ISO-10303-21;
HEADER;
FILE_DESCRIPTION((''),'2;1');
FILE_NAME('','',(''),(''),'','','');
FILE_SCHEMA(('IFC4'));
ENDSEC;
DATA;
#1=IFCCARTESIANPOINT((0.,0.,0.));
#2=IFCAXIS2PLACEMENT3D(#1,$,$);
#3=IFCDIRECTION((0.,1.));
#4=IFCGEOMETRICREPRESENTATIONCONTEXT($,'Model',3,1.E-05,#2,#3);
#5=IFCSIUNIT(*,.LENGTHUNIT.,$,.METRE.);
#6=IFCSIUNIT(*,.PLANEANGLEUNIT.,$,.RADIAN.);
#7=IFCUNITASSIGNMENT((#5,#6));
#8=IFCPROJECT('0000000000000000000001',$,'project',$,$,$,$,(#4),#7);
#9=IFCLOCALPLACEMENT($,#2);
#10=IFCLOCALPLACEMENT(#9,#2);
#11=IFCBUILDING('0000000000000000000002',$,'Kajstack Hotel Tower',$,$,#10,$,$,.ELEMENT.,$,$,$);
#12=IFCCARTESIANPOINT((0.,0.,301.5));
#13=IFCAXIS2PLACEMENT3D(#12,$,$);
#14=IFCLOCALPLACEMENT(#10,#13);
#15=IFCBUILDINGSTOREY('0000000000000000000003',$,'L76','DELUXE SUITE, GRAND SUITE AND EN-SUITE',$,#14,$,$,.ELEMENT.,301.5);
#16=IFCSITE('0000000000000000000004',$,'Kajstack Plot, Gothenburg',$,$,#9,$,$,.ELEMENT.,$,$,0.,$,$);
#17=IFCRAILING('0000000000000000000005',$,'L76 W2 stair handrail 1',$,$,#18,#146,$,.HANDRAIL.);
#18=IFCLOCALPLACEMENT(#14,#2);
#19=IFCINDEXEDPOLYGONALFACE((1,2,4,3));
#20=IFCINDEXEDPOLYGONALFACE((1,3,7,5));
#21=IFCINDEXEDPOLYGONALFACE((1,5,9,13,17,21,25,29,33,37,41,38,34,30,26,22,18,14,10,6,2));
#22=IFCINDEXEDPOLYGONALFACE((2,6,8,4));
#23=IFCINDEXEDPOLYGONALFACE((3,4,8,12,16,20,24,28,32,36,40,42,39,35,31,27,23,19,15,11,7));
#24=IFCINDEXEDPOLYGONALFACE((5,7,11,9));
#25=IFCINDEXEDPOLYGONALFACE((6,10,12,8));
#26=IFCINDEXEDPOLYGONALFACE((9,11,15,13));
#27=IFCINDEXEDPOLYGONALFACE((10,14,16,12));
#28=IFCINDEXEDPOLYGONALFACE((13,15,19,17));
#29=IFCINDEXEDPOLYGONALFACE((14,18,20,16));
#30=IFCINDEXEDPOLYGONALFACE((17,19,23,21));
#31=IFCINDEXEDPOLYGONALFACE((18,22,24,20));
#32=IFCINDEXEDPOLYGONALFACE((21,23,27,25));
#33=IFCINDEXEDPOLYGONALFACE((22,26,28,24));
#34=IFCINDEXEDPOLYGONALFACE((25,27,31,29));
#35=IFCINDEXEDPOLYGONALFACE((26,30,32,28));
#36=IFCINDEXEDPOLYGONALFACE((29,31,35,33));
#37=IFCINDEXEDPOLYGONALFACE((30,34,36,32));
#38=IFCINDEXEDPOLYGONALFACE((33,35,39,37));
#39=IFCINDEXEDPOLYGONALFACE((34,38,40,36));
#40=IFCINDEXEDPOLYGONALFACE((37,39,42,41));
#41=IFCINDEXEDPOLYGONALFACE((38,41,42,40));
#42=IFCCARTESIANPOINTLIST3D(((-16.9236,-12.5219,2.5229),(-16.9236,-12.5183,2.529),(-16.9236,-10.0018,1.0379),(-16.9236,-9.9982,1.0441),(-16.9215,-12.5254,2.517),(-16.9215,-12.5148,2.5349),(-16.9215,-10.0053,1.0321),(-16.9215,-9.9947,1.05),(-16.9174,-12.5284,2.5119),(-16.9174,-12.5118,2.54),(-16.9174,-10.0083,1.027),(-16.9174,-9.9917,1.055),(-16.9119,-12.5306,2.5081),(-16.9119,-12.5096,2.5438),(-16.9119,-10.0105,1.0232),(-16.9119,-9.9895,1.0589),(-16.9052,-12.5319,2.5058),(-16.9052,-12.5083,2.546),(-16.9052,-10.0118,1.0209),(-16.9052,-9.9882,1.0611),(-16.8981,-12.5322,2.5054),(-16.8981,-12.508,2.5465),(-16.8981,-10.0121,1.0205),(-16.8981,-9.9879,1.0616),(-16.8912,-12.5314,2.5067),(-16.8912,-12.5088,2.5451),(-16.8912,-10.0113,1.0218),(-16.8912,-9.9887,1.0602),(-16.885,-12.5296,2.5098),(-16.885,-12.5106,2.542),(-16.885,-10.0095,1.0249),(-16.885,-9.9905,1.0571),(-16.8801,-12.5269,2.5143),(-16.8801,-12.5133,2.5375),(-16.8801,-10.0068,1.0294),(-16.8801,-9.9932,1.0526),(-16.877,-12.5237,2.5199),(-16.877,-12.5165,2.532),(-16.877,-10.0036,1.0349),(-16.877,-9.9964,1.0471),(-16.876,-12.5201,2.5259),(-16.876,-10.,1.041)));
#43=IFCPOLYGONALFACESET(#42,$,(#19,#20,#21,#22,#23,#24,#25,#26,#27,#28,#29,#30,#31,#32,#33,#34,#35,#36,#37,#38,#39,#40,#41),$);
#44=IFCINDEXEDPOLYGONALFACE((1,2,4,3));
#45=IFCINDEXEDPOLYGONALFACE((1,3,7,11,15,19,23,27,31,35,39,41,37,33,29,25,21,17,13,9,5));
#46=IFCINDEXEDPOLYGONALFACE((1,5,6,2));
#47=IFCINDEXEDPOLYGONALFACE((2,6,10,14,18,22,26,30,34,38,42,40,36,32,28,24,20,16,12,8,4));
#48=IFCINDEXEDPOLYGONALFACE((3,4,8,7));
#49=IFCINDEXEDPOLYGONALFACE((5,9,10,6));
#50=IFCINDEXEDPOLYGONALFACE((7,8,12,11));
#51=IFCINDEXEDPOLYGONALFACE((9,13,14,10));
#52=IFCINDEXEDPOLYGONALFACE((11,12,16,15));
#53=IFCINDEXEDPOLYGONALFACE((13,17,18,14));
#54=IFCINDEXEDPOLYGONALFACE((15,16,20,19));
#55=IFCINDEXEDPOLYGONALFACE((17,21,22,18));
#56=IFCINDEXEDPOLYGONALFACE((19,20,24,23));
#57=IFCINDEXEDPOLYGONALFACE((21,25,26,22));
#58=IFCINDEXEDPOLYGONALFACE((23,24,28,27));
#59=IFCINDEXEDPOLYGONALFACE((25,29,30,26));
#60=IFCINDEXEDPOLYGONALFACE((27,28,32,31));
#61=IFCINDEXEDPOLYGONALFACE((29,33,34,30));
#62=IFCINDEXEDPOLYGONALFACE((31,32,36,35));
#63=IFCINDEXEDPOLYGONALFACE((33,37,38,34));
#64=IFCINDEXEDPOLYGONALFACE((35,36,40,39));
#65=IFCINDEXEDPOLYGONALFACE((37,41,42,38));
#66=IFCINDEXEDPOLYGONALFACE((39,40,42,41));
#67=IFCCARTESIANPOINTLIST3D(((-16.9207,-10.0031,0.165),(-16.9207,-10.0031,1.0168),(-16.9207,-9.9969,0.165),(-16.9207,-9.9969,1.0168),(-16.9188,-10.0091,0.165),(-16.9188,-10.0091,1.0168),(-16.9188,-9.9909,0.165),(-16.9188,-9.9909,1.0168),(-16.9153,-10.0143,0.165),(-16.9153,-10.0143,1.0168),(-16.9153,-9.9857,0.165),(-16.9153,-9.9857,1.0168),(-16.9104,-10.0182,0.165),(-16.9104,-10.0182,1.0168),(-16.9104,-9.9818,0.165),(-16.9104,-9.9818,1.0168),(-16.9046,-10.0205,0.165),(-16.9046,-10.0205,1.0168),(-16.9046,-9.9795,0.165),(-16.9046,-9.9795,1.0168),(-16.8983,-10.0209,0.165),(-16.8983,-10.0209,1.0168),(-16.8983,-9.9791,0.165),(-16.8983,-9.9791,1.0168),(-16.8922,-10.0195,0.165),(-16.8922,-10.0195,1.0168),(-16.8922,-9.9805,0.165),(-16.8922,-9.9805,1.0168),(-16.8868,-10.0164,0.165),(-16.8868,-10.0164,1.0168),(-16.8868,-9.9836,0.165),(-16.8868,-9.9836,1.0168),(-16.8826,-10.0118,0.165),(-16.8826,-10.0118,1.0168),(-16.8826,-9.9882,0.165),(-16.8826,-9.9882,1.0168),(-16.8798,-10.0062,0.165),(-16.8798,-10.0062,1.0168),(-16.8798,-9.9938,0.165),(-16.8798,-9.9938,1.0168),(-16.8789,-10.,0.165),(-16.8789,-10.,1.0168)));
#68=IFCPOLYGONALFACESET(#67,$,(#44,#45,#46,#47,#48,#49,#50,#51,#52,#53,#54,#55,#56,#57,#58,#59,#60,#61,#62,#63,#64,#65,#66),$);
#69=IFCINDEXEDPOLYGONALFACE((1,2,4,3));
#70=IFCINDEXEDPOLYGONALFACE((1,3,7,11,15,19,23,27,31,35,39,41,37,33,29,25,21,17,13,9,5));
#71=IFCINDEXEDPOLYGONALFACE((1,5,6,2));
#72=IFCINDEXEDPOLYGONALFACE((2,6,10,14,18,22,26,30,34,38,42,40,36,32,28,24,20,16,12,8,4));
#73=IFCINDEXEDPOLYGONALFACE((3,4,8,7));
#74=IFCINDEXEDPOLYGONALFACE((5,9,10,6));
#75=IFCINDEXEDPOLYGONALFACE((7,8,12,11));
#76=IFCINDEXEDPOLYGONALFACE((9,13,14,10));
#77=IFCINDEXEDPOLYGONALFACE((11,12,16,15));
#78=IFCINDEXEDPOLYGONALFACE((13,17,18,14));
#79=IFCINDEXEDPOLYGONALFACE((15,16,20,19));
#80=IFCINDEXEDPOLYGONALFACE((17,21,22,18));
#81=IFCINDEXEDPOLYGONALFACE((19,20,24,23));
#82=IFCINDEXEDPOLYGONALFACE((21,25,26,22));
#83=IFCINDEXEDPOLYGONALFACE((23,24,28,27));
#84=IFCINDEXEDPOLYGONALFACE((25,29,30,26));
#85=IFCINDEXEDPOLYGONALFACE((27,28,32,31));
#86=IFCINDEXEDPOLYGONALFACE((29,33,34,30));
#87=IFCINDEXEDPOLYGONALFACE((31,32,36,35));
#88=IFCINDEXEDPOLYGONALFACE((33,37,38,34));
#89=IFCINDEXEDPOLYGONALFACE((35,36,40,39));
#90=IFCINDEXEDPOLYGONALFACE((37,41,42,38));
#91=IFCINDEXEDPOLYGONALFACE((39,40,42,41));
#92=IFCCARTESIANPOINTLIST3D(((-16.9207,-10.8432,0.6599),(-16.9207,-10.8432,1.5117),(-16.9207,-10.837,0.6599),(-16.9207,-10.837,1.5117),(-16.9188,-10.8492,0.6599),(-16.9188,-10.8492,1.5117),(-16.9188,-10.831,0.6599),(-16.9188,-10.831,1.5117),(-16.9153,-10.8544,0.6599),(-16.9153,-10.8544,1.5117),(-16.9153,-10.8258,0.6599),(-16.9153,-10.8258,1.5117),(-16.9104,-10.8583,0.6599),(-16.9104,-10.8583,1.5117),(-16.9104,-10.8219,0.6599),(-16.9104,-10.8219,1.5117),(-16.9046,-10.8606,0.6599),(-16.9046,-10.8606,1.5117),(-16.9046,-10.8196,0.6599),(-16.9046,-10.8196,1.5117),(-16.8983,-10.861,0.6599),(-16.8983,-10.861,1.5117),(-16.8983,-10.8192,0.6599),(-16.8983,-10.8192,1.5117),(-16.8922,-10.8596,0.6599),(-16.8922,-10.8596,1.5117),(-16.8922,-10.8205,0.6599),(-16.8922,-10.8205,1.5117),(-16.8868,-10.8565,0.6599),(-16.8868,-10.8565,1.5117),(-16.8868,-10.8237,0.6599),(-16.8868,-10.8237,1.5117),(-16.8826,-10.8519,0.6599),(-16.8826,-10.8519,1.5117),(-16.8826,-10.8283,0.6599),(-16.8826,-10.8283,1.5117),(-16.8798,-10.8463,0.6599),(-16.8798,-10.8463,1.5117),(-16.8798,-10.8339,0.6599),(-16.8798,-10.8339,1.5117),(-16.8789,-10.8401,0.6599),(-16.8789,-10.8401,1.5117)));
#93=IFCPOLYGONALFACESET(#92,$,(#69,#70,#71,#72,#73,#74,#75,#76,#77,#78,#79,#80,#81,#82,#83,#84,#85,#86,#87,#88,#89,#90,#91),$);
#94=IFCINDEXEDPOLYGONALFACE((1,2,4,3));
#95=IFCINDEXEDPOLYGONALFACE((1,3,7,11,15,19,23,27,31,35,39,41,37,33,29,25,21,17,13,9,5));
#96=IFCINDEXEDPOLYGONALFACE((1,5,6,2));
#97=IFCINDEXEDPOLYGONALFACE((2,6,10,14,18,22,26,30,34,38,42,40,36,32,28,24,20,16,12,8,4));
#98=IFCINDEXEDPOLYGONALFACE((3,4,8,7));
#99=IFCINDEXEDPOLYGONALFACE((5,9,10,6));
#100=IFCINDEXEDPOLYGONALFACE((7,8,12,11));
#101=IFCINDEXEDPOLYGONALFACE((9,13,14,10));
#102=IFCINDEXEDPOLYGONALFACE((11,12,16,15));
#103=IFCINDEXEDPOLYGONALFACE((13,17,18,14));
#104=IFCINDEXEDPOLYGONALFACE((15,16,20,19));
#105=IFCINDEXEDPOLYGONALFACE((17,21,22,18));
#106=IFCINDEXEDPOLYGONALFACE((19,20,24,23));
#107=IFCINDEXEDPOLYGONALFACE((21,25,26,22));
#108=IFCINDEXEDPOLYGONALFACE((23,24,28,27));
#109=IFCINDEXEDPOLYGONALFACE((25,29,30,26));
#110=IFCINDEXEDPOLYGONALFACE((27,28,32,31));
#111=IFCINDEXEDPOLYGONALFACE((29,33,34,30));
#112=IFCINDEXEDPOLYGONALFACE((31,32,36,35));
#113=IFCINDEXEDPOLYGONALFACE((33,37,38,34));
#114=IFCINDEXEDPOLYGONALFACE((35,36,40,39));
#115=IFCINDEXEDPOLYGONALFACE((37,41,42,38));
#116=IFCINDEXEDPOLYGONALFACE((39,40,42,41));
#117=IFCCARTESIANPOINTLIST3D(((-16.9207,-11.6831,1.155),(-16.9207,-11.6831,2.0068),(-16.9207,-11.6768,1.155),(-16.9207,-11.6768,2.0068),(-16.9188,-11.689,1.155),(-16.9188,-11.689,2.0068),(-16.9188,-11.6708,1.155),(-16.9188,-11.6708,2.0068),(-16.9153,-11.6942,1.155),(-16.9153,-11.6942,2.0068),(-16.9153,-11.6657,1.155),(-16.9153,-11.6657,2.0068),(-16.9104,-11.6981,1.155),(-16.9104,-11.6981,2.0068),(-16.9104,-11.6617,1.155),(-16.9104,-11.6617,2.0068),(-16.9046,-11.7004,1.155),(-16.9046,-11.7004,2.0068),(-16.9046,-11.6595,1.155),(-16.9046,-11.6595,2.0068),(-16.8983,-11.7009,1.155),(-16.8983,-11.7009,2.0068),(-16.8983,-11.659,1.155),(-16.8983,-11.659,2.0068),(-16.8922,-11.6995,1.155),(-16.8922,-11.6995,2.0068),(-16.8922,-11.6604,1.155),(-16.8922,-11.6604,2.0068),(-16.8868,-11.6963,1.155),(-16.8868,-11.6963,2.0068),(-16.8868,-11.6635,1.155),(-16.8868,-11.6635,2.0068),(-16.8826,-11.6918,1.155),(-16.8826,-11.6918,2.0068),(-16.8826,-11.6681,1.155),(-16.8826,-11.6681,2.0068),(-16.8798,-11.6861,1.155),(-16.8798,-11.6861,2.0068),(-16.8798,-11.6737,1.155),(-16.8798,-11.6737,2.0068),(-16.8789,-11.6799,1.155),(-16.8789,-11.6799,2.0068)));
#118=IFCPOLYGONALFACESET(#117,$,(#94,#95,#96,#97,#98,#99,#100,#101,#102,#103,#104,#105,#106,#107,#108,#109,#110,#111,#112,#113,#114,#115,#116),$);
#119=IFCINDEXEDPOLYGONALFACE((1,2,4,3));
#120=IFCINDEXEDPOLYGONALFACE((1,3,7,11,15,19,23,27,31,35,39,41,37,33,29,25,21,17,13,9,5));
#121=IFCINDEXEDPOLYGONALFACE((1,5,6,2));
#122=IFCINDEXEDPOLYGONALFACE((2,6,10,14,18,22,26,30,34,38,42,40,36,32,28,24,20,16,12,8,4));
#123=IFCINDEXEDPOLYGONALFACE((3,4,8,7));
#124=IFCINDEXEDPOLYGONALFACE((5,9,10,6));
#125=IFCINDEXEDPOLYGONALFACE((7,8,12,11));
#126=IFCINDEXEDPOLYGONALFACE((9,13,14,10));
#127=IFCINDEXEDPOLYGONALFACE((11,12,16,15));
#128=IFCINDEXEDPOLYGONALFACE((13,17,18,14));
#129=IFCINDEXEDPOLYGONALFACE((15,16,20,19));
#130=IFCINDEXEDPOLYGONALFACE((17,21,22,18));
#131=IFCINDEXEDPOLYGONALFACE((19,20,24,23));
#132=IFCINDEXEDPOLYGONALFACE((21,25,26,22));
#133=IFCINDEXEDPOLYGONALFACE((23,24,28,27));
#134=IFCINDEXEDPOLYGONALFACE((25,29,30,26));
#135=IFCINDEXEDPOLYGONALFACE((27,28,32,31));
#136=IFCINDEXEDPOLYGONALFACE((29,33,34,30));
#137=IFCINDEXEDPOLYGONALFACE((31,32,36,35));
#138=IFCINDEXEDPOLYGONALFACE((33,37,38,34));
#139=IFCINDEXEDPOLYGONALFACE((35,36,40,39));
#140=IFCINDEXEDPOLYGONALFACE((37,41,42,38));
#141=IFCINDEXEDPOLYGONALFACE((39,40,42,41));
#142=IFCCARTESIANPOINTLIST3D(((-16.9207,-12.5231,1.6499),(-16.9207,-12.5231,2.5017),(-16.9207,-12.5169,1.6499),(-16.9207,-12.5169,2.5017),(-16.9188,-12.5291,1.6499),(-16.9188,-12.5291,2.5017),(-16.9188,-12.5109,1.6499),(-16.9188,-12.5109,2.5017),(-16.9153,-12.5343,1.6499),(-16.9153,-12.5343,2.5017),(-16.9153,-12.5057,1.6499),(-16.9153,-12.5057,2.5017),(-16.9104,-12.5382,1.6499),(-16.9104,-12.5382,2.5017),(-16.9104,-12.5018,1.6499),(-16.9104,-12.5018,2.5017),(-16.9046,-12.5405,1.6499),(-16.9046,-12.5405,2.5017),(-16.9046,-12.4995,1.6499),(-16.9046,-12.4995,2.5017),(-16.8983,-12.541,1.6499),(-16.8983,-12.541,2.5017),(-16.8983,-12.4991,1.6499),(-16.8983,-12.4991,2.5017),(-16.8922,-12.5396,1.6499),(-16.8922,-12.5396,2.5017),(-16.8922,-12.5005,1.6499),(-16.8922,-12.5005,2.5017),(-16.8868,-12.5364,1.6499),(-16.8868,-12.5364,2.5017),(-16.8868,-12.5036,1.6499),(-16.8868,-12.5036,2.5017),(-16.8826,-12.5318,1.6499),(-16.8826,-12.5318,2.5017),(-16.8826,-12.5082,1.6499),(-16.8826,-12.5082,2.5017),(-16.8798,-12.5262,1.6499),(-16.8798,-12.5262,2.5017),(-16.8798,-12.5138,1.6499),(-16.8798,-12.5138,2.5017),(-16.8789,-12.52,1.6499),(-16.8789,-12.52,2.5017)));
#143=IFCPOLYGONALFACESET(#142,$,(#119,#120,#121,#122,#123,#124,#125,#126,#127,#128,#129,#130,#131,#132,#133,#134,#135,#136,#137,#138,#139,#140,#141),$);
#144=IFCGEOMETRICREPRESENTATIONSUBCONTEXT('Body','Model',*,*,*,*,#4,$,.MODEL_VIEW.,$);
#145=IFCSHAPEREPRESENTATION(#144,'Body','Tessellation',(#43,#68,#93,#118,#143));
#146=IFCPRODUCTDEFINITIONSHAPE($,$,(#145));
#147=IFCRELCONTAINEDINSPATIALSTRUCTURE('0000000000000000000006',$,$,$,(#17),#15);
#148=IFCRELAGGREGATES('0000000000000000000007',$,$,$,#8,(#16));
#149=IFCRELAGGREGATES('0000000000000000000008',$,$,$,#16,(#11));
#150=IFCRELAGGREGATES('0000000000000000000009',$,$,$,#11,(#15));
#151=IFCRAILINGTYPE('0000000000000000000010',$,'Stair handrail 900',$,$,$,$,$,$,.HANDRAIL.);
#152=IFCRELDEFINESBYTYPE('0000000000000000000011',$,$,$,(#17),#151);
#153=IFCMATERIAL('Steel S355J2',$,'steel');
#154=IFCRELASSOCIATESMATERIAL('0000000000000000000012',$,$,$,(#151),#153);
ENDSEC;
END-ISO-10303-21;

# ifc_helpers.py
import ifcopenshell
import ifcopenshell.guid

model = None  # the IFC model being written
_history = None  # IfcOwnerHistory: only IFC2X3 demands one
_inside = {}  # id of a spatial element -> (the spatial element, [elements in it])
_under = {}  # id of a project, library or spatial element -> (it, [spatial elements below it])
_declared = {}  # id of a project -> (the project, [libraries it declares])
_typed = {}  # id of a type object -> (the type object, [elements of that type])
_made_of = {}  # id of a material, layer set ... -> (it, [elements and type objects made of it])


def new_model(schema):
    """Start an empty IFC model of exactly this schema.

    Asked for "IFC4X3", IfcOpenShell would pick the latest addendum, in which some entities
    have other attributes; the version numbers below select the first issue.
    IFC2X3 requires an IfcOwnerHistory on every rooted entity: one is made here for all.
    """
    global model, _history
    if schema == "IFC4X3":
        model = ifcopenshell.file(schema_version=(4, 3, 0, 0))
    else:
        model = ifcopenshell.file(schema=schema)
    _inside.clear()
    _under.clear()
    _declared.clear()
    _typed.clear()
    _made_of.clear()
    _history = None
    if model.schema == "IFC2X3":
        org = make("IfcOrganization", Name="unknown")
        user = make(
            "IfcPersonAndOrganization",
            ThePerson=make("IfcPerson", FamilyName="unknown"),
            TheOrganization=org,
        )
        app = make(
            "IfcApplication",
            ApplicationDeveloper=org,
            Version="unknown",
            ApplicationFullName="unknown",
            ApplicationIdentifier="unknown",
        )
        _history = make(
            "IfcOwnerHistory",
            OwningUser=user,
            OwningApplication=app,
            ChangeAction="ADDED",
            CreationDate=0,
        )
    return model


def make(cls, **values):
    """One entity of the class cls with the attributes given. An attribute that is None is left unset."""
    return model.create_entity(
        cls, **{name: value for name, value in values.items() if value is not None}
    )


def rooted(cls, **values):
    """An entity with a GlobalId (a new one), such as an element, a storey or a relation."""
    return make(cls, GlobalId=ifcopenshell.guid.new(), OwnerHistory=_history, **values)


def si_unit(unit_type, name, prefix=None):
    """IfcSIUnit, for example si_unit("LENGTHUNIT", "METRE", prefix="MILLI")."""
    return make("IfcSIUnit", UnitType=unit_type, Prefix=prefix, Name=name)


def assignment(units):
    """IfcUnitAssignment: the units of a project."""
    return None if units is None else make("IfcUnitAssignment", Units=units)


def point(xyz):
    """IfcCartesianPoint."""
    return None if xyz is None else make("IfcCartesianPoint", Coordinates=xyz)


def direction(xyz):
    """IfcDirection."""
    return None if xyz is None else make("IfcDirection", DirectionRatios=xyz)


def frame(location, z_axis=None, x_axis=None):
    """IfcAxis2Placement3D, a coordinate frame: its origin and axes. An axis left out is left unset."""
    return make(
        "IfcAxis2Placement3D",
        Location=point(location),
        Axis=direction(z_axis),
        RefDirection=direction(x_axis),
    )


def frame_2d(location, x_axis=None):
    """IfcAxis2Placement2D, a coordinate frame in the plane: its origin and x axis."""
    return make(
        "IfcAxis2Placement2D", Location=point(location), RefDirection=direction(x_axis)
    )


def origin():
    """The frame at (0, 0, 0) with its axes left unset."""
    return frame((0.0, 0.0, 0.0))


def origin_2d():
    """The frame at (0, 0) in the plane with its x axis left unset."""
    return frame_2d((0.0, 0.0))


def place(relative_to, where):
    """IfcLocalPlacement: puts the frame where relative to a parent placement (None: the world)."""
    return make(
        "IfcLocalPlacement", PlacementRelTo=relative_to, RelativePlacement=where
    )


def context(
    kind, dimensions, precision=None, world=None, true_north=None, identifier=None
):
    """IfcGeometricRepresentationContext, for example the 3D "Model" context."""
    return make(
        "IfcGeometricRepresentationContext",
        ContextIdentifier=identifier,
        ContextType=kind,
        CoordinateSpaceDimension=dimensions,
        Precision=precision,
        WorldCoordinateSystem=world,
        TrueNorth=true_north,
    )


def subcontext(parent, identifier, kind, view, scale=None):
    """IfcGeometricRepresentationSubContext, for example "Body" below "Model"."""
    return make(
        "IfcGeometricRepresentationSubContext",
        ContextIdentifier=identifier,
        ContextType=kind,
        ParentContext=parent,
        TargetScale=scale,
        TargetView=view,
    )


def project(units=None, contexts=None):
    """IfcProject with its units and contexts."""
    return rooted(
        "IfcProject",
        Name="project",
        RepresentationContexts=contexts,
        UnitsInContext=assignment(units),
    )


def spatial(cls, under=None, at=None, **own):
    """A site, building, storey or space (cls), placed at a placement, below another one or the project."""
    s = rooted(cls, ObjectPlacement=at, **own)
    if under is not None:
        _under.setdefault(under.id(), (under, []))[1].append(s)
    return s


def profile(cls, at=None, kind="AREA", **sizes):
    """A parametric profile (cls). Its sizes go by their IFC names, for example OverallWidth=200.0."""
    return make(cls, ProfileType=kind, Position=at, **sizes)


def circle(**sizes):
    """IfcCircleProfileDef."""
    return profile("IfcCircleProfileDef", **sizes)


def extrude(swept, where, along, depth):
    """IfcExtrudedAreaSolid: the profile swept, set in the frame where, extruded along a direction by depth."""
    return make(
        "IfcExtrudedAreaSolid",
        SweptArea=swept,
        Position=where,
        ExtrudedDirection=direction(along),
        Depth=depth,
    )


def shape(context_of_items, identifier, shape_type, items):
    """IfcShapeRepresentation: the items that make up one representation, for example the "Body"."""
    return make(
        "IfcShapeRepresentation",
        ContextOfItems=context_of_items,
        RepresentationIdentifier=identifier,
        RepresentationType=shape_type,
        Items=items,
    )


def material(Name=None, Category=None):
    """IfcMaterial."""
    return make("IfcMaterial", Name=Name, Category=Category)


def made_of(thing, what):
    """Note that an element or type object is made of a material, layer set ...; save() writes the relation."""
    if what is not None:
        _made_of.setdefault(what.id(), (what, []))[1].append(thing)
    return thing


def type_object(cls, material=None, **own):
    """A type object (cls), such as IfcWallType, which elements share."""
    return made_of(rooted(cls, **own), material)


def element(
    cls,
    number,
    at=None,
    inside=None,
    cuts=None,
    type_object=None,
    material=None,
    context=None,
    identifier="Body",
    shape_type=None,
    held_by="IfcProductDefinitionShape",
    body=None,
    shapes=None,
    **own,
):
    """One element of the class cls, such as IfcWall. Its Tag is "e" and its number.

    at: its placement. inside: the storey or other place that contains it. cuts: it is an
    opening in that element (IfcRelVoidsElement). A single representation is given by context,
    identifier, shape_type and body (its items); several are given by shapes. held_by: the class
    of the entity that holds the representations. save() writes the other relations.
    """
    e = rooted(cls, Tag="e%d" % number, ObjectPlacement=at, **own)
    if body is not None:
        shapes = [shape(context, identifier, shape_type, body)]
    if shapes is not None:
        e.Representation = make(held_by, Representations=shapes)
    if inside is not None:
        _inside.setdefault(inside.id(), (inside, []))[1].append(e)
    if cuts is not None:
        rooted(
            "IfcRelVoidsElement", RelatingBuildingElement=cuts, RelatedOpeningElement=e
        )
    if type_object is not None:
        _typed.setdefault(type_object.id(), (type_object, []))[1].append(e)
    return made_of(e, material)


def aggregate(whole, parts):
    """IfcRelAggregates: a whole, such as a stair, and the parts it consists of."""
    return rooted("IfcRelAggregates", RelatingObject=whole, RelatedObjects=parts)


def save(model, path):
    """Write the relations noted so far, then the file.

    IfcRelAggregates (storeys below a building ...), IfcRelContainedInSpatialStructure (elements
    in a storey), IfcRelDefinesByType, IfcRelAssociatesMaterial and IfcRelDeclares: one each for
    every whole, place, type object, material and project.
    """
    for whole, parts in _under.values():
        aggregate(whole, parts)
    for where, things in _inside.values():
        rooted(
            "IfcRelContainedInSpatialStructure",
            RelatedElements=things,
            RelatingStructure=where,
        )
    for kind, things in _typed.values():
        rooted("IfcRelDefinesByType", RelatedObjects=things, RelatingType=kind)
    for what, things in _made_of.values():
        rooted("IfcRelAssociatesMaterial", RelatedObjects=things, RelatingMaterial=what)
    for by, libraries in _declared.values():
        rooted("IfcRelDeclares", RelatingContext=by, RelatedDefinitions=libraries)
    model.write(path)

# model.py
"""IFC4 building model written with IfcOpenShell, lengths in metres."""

from ifc_helpers import new_model, si_unit, direction, frame, origin, origin_2d, place, context, subcontext, project, spatial, circle, extrude, material, type_object, element, save


model = new_model("IFC4")

# Units and contexts
model_context = context("Model", 3, precision=1e-05, world=origin(), true_north=direction((0.0, 1.0)))
body_context = subcontext(model_context, "Body", "Model", "MODEL_VIEW")
ifc_project = project(units=[si_unit("LENGTHUNIT", "METRE"), si_unit("PLANEANGLEUNIT", "RADIAN")], contexts=[model_context])

# Site, building, storey
site_placement = place(None, origin())
site = spatial("IfcSite", under=ifc_project, at=site_placement, Name="Kajstack Plot, Gothenburg", CompositionType="ELEMENT", RefElevation=0.0)
building_placement = place(site_placement, origin())
building = spatial("IfcBuilding", under=site, at=building_placement, Name="Kajstack Hotel Tower", CompositionType="ELEMENT")
storey_placement = place(building_placement, frame((0.0, 0.0, 301.5)))
storey = spatial("IfcBuildingStorey", under=building, at=storey_placement, Name="L76", Description="DELUXE SUITE, GRAND SUITE AND EN-SUITE", CompositionType="ELEMENT", Elevation=301.5)

# Railing
ifc_material_1 = material(Name="Steel S355J2", Category="steel")
railing_type_1 = type_object("IfcRailingType", Name="Stair handrail 900", PredefinedType="HANDRAIL", material=ifc_material_1)
railing_1_placement = place(storey_placement, frame((-16.8999, -10.0, 0.165)))
element("IfcRailing", 1, at=railing_1_placement, inside=storey, type_object=railing_type_1, Name="L76 W2 stair handrail 1", PredefinedType="HANDRAIL", context=body_context, shape_type="SweptSolid", body=[
    extrude(circle(Radius=0.0239, at=origin_2d()), frame((0.0, 0.0, 0.876), z_axis=(0.0, -0.861561, 0.507655), x_axis=(1.0, 0.0, 0.0)), (0.0, 0.0, 1.0), 2.925),
    extrude(circle(Radius=0.021, at=origin_2d()), origin(), (0.0, 0.0, 1.0), 0.8518),
    extrude(circle(Radius=0.021, at=origin_2d()), frame((0.0, -0.8401, 0.4949)), (0.0, 0.0, 1.0), 0.8518),
    extrude(circle(Radius=0.021, at=origin_2d()), frame((0.0, -1.6799, 0.99)), (0.0, 0.0, 1.0), 0.8518),
    extrude(circle(Radius=0.021, at=origin_2d()), frame((0.0, -2.52, 1.4849)), (0.0, 0.0, 1.0), 0.8518),
])

save(model, "model.ifc")
